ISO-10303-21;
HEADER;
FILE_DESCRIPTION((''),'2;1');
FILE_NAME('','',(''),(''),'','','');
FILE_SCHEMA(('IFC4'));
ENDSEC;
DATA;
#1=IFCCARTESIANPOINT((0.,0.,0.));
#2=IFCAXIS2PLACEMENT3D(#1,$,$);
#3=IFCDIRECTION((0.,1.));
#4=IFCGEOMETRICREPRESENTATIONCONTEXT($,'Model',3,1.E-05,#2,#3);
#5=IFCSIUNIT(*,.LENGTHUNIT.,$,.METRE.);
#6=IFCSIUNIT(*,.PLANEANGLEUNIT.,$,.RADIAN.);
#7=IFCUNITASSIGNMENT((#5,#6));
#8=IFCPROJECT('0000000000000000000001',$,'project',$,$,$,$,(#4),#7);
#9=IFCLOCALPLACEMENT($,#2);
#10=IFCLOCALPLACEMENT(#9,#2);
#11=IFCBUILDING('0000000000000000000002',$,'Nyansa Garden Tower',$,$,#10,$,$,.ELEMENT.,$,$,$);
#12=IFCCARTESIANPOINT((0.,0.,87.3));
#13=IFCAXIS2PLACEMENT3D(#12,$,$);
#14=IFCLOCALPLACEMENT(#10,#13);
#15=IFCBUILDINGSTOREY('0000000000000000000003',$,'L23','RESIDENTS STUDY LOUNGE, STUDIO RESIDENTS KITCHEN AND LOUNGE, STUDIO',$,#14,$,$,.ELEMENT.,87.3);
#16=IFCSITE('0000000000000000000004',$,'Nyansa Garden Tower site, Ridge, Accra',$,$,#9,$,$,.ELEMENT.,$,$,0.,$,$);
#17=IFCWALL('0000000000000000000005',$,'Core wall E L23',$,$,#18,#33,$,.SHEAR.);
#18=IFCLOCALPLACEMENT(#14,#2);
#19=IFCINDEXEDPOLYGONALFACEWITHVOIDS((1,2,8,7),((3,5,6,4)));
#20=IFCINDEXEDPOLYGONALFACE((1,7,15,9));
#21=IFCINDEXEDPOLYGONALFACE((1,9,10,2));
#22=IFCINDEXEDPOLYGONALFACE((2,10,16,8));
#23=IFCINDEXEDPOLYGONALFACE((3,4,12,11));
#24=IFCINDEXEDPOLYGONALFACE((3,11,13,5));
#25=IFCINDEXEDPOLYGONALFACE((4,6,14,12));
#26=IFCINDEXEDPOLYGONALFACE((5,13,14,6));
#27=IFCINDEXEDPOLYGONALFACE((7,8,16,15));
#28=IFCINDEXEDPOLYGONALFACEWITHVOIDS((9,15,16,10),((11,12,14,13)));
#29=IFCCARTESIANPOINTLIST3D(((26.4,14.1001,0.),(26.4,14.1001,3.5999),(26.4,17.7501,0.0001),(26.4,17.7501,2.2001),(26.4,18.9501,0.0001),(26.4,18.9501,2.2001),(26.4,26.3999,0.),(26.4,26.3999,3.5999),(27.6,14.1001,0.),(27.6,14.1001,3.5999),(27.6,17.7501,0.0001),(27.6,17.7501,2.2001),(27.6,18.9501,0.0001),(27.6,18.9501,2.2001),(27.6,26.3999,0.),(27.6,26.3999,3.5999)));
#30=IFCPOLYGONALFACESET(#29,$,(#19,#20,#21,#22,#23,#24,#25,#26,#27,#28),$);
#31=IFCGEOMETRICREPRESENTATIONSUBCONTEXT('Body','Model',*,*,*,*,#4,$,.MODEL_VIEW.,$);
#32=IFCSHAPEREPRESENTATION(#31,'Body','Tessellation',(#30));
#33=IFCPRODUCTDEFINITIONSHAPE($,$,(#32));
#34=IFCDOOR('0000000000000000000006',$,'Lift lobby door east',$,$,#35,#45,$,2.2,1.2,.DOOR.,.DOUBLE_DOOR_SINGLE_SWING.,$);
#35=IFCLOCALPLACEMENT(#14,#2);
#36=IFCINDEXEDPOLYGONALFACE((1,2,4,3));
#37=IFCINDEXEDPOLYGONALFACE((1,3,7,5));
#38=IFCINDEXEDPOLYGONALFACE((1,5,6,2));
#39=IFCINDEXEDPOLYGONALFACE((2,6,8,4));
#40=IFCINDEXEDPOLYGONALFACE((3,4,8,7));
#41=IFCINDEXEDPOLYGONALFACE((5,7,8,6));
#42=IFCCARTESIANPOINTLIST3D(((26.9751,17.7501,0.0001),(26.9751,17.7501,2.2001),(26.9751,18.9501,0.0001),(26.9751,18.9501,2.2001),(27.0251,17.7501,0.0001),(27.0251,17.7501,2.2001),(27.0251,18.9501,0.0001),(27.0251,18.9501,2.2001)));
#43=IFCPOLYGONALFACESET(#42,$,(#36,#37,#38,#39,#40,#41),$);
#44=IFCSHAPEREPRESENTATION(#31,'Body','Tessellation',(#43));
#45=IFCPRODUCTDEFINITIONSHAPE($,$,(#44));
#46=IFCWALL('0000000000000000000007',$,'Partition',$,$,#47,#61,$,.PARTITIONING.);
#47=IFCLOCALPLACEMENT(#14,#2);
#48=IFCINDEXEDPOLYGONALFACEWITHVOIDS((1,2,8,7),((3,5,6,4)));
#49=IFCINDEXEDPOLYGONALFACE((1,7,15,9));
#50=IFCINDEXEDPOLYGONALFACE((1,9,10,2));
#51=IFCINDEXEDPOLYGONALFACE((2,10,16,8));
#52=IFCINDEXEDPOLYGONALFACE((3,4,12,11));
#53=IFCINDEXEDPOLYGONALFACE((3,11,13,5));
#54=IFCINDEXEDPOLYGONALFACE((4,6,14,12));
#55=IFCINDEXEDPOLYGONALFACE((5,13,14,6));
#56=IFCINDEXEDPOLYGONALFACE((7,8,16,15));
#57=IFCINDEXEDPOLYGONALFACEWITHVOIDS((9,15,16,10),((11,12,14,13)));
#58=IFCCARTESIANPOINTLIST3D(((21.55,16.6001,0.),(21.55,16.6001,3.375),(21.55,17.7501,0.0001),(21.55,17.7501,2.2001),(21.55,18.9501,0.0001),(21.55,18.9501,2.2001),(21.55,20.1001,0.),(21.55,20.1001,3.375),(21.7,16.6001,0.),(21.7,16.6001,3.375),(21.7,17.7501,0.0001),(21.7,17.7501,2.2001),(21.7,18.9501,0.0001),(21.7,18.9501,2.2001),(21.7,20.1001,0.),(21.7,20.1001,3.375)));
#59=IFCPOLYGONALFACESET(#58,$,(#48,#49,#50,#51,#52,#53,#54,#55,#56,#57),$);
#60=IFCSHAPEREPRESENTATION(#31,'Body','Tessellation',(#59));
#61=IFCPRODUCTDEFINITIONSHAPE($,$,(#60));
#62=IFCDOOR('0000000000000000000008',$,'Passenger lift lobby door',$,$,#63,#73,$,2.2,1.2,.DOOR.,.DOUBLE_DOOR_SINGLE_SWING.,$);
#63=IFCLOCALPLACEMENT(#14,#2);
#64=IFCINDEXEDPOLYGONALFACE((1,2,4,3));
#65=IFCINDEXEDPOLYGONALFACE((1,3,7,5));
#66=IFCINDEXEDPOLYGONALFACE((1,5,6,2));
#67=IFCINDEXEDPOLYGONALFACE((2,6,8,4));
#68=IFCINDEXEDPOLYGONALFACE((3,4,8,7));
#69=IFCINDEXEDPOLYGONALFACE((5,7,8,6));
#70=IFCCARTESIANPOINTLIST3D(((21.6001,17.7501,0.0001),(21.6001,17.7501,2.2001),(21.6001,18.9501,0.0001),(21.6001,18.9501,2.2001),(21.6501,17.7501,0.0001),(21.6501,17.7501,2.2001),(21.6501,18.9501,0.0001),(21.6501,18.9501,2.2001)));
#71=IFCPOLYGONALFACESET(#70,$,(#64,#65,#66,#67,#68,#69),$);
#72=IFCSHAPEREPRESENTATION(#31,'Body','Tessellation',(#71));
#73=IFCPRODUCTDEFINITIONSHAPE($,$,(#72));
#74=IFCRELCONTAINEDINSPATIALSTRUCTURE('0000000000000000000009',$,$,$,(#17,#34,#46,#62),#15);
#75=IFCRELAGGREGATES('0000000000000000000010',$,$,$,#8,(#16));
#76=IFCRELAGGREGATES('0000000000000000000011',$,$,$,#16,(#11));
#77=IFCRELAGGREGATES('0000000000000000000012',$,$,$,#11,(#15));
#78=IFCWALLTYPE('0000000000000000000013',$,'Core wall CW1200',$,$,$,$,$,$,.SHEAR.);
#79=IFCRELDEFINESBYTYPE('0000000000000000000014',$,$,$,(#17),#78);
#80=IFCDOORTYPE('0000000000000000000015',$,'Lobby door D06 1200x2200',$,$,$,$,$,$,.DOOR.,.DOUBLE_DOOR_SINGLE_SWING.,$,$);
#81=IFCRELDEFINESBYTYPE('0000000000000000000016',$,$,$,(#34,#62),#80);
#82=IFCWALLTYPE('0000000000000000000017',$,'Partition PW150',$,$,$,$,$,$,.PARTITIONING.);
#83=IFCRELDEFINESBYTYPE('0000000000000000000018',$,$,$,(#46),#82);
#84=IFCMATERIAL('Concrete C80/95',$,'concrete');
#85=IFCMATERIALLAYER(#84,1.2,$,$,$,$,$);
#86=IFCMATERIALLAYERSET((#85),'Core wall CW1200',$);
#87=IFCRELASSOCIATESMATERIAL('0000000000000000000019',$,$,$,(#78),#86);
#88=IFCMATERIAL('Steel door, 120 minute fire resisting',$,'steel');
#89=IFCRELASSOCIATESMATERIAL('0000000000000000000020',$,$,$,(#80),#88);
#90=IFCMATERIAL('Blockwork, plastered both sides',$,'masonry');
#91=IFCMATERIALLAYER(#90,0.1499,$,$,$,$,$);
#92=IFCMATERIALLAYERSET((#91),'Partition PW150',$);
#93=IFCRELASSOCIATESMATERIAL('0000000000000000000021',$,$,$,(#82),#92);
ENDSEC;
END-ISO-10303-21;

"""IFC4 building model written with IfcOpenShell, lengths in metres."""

from ifc_helpers import new_model, si_unit, direction, frame, frame_2d, origin, place, context, subcontext, project, spatial, rectangle, extrude, material, layer, layer_set, type_object, element, fill, save


model = new_model("IFC4")

# Units and contexts
model_context = context("Model", 3, precision=1e-05, world=origin(), true_north=direction((0.0, 1.0)))
body_context = subcontext(model_context, "Body", "Model", "MODEL_VIEW")
ifc_project = project(units=[si_unit("LENGTHUNIT", "METRE"), si_unit("PLANEANGLEUNIT", "RADIAN")], contexts=[model_context])

# Site, building, storey
site_placement = place(None, origin())
site = spatial("IfcSite", under=ifc_project, at=site_placement, Name="Nyansa Garden Tower site, Ridge, Accra", CompositionType="ELEMENT", RefElevation=0.0)
building_placement = place(site_placement, origin())
building = spatial("IfcBuilding", under=site, at=building_placement, Name="Nyansa Garden Tower", CompositionType="ELEMENT")
storey_placement = place(building_placement, frame((0.0, 0.0, 87.3)))
storey = spatial("IfcBuildingStorey", under=building, at=storey_placement, Name="L23", Description="RESIDENTS STUDY LOUNGE, STUDIO RESIDENTS KITCHEN AND LOUNGE, STUDIO", CompositionType="ELEMENT", Elevation=87.3)

# Walls, openings, doors
ifc_material_1 = material(Name="Concrete C80/95", Category="concrete")
ifc_layer_1 = layer(ifc_material_1, 1.2)
ifc_layer_set_1 = layer_set([ifc_layer_1], Name="Core wall CW1200")
wall_type_1 = type_object("IfcWallType", Name="Core wall CW1200", PredefinedType="SHEAR", material=ifc_layer_set_1)
wall_1_placement = place(storey_placement, frame((27.0, 14.1001, 0.0), z_axis=(0.0, 0.0, 1.0), x_axis=(0.0, 1.0, 0.0)))
wall_1 = element("IfcWall", 1, at=wall_1_placement, inside=storey, type_object=wall_type_1, Name="Core wall E L23", PredefinedType="SHEAR", context=body_context, shape_type="SweptSolid", body=[
    extrude(rectangle(XDim=12.2998, YDim=1.2, at=frame_2d((6.1499, 0.0))), origin(), (0.0, 0.0, 1.0), 3.5999),
])
opening_1_placement = place(wall_1_placement, frame((3.6499, 0.0, 0.0)))
opening_1 = element("IfcOpeningElement", 2, at=opening_1_placement, cuts=wall_1, PredefinedType="OPENING", context=body_context, shape_type="SweptSolid", body=[
    extrude(rectangle(XDim=1.2, YDim=2.2, at=frame_2d((0.6001, 1.1001))), frame((0.0, 0.6099, 0.0), z_axis=(0.0, -1.0, 0.0), x_axis=(1.0, 0.0, 0.0)), (0.0, 0.0, 1.0), 1.22),
])
ifc_material_2 = material(Name="Steel door, 120 minute fire resisting", Category="steel")
door_type = type_object("IfcDoorType", Name="Lobby door D06 1200x2200", OperationType="DOUBLE_DOOR_SINGLE_SWING", PredefinedType="DOOR", material=ifc_material_2)
door_1_placement = place(opening_1_placement, origin())
door_1 = element("IfcDoor", 3, at=door_1_placement, inside=storey, type_object=door_type, Name="Lift lobby door east", OperationType="DOUBLE_DOOR_SINGLE_SWING", OverallHeight=2.2, OverallWidth=1.2, PredefinedType="DOOR", context=body_context, shape_type="SweptSolid", body=[
    extrude(rectangle(XDim=1.2, YDim=2.2, at=frame_2d((0.6001, 1.1001))), frame((0.0, 0.0249, 0.0), z_axis=(0.0, -1.0, 0.0), x_axis=(1.0, 0.0, 0.0)), (0.0, 0.0, 1.0), 0.05),
])
fill(opening_1, door_1)
ifc_material_3 = material(Name="Blockwork, plastered both sides", Category="masonry")
ifc_layer_2 = layer(ifc_material_3, 0.1499)
ifc_layer_set_2 = layer_set([ifc_layer_2], Name="Partition PW150")
wall_type_2 = type_object("IfcWallType", Name="Partition PW150", PredefinedType="PARTITIONING", material=ifc_layer_set_2)
wall_2_placement = place(storey_placement, frame((21.625, 16.6001, 0.0), z_axis=(0.0, 0.0, 1.0), x_axis=(0.0, 1.0, 0.0)))
wall_2 = element("IfcWall", 4, at=wall_2_placement, inside=storey, type_object=wall_type_2, Name="Partition", PredefinedType="PARTITIONING", context=body_context, shape_type="SweptSolid", body=[
    extrude(rectangle(XDim=3.5, YDim=0.1499, at=frame_2d((1.75, 0.0))), origin(), (0.0, 0.0, 1.0), 3.375),
])
opening_2_placement = place(wall_2_placement, frame((1.1499, 0.0, 0.0)))
opening_2 = element("IfcOpeningElement", 5, at=opening_2_placement, cuts=wall_2, PredefinedType="OPENING", context=body_context, shape_type="SweptSolid", body=[
    extrude(rectangle(XDim=1.2, YDim=2.2, at=frame_2d((0.6001, 1.1001))), frame((0.0, 0.085, 0.0), z_axis=(0.0, -1.0, 0.0), x_axis=(1.0, 0.0, 0.0)), (0.0, 0.0, 1.0), 0.1699),
])
door_2_placement = place(opening_2_placement, origin())
door_2 = element("IfcDoor", 6, at=door_2_placement, inside=storey, type_object=door_type, Name="Passenger lift lobby door", OperationType="DOUBLE_DOOR_SINGLE_SWING", OverallHeight=2.2, OverallWidth=1.2, PredefinedType="DOOR", context=body_context, shape_type="SweptSolid", body=[
    extrude(rectangle(XDim=1.2, YDim=2.2, at=frame_2d((0.6001, 1.1001))), frame((0.0, 0.0249, 0.0), z_axis=(0.0, -1.0, 0.0), x_axis=(1.0, 0.0, 0.0)), (0.0, 0.0, 1.0), 0.05),
])
fill(opening_2, door_2)

save(model, "model.ifc")
